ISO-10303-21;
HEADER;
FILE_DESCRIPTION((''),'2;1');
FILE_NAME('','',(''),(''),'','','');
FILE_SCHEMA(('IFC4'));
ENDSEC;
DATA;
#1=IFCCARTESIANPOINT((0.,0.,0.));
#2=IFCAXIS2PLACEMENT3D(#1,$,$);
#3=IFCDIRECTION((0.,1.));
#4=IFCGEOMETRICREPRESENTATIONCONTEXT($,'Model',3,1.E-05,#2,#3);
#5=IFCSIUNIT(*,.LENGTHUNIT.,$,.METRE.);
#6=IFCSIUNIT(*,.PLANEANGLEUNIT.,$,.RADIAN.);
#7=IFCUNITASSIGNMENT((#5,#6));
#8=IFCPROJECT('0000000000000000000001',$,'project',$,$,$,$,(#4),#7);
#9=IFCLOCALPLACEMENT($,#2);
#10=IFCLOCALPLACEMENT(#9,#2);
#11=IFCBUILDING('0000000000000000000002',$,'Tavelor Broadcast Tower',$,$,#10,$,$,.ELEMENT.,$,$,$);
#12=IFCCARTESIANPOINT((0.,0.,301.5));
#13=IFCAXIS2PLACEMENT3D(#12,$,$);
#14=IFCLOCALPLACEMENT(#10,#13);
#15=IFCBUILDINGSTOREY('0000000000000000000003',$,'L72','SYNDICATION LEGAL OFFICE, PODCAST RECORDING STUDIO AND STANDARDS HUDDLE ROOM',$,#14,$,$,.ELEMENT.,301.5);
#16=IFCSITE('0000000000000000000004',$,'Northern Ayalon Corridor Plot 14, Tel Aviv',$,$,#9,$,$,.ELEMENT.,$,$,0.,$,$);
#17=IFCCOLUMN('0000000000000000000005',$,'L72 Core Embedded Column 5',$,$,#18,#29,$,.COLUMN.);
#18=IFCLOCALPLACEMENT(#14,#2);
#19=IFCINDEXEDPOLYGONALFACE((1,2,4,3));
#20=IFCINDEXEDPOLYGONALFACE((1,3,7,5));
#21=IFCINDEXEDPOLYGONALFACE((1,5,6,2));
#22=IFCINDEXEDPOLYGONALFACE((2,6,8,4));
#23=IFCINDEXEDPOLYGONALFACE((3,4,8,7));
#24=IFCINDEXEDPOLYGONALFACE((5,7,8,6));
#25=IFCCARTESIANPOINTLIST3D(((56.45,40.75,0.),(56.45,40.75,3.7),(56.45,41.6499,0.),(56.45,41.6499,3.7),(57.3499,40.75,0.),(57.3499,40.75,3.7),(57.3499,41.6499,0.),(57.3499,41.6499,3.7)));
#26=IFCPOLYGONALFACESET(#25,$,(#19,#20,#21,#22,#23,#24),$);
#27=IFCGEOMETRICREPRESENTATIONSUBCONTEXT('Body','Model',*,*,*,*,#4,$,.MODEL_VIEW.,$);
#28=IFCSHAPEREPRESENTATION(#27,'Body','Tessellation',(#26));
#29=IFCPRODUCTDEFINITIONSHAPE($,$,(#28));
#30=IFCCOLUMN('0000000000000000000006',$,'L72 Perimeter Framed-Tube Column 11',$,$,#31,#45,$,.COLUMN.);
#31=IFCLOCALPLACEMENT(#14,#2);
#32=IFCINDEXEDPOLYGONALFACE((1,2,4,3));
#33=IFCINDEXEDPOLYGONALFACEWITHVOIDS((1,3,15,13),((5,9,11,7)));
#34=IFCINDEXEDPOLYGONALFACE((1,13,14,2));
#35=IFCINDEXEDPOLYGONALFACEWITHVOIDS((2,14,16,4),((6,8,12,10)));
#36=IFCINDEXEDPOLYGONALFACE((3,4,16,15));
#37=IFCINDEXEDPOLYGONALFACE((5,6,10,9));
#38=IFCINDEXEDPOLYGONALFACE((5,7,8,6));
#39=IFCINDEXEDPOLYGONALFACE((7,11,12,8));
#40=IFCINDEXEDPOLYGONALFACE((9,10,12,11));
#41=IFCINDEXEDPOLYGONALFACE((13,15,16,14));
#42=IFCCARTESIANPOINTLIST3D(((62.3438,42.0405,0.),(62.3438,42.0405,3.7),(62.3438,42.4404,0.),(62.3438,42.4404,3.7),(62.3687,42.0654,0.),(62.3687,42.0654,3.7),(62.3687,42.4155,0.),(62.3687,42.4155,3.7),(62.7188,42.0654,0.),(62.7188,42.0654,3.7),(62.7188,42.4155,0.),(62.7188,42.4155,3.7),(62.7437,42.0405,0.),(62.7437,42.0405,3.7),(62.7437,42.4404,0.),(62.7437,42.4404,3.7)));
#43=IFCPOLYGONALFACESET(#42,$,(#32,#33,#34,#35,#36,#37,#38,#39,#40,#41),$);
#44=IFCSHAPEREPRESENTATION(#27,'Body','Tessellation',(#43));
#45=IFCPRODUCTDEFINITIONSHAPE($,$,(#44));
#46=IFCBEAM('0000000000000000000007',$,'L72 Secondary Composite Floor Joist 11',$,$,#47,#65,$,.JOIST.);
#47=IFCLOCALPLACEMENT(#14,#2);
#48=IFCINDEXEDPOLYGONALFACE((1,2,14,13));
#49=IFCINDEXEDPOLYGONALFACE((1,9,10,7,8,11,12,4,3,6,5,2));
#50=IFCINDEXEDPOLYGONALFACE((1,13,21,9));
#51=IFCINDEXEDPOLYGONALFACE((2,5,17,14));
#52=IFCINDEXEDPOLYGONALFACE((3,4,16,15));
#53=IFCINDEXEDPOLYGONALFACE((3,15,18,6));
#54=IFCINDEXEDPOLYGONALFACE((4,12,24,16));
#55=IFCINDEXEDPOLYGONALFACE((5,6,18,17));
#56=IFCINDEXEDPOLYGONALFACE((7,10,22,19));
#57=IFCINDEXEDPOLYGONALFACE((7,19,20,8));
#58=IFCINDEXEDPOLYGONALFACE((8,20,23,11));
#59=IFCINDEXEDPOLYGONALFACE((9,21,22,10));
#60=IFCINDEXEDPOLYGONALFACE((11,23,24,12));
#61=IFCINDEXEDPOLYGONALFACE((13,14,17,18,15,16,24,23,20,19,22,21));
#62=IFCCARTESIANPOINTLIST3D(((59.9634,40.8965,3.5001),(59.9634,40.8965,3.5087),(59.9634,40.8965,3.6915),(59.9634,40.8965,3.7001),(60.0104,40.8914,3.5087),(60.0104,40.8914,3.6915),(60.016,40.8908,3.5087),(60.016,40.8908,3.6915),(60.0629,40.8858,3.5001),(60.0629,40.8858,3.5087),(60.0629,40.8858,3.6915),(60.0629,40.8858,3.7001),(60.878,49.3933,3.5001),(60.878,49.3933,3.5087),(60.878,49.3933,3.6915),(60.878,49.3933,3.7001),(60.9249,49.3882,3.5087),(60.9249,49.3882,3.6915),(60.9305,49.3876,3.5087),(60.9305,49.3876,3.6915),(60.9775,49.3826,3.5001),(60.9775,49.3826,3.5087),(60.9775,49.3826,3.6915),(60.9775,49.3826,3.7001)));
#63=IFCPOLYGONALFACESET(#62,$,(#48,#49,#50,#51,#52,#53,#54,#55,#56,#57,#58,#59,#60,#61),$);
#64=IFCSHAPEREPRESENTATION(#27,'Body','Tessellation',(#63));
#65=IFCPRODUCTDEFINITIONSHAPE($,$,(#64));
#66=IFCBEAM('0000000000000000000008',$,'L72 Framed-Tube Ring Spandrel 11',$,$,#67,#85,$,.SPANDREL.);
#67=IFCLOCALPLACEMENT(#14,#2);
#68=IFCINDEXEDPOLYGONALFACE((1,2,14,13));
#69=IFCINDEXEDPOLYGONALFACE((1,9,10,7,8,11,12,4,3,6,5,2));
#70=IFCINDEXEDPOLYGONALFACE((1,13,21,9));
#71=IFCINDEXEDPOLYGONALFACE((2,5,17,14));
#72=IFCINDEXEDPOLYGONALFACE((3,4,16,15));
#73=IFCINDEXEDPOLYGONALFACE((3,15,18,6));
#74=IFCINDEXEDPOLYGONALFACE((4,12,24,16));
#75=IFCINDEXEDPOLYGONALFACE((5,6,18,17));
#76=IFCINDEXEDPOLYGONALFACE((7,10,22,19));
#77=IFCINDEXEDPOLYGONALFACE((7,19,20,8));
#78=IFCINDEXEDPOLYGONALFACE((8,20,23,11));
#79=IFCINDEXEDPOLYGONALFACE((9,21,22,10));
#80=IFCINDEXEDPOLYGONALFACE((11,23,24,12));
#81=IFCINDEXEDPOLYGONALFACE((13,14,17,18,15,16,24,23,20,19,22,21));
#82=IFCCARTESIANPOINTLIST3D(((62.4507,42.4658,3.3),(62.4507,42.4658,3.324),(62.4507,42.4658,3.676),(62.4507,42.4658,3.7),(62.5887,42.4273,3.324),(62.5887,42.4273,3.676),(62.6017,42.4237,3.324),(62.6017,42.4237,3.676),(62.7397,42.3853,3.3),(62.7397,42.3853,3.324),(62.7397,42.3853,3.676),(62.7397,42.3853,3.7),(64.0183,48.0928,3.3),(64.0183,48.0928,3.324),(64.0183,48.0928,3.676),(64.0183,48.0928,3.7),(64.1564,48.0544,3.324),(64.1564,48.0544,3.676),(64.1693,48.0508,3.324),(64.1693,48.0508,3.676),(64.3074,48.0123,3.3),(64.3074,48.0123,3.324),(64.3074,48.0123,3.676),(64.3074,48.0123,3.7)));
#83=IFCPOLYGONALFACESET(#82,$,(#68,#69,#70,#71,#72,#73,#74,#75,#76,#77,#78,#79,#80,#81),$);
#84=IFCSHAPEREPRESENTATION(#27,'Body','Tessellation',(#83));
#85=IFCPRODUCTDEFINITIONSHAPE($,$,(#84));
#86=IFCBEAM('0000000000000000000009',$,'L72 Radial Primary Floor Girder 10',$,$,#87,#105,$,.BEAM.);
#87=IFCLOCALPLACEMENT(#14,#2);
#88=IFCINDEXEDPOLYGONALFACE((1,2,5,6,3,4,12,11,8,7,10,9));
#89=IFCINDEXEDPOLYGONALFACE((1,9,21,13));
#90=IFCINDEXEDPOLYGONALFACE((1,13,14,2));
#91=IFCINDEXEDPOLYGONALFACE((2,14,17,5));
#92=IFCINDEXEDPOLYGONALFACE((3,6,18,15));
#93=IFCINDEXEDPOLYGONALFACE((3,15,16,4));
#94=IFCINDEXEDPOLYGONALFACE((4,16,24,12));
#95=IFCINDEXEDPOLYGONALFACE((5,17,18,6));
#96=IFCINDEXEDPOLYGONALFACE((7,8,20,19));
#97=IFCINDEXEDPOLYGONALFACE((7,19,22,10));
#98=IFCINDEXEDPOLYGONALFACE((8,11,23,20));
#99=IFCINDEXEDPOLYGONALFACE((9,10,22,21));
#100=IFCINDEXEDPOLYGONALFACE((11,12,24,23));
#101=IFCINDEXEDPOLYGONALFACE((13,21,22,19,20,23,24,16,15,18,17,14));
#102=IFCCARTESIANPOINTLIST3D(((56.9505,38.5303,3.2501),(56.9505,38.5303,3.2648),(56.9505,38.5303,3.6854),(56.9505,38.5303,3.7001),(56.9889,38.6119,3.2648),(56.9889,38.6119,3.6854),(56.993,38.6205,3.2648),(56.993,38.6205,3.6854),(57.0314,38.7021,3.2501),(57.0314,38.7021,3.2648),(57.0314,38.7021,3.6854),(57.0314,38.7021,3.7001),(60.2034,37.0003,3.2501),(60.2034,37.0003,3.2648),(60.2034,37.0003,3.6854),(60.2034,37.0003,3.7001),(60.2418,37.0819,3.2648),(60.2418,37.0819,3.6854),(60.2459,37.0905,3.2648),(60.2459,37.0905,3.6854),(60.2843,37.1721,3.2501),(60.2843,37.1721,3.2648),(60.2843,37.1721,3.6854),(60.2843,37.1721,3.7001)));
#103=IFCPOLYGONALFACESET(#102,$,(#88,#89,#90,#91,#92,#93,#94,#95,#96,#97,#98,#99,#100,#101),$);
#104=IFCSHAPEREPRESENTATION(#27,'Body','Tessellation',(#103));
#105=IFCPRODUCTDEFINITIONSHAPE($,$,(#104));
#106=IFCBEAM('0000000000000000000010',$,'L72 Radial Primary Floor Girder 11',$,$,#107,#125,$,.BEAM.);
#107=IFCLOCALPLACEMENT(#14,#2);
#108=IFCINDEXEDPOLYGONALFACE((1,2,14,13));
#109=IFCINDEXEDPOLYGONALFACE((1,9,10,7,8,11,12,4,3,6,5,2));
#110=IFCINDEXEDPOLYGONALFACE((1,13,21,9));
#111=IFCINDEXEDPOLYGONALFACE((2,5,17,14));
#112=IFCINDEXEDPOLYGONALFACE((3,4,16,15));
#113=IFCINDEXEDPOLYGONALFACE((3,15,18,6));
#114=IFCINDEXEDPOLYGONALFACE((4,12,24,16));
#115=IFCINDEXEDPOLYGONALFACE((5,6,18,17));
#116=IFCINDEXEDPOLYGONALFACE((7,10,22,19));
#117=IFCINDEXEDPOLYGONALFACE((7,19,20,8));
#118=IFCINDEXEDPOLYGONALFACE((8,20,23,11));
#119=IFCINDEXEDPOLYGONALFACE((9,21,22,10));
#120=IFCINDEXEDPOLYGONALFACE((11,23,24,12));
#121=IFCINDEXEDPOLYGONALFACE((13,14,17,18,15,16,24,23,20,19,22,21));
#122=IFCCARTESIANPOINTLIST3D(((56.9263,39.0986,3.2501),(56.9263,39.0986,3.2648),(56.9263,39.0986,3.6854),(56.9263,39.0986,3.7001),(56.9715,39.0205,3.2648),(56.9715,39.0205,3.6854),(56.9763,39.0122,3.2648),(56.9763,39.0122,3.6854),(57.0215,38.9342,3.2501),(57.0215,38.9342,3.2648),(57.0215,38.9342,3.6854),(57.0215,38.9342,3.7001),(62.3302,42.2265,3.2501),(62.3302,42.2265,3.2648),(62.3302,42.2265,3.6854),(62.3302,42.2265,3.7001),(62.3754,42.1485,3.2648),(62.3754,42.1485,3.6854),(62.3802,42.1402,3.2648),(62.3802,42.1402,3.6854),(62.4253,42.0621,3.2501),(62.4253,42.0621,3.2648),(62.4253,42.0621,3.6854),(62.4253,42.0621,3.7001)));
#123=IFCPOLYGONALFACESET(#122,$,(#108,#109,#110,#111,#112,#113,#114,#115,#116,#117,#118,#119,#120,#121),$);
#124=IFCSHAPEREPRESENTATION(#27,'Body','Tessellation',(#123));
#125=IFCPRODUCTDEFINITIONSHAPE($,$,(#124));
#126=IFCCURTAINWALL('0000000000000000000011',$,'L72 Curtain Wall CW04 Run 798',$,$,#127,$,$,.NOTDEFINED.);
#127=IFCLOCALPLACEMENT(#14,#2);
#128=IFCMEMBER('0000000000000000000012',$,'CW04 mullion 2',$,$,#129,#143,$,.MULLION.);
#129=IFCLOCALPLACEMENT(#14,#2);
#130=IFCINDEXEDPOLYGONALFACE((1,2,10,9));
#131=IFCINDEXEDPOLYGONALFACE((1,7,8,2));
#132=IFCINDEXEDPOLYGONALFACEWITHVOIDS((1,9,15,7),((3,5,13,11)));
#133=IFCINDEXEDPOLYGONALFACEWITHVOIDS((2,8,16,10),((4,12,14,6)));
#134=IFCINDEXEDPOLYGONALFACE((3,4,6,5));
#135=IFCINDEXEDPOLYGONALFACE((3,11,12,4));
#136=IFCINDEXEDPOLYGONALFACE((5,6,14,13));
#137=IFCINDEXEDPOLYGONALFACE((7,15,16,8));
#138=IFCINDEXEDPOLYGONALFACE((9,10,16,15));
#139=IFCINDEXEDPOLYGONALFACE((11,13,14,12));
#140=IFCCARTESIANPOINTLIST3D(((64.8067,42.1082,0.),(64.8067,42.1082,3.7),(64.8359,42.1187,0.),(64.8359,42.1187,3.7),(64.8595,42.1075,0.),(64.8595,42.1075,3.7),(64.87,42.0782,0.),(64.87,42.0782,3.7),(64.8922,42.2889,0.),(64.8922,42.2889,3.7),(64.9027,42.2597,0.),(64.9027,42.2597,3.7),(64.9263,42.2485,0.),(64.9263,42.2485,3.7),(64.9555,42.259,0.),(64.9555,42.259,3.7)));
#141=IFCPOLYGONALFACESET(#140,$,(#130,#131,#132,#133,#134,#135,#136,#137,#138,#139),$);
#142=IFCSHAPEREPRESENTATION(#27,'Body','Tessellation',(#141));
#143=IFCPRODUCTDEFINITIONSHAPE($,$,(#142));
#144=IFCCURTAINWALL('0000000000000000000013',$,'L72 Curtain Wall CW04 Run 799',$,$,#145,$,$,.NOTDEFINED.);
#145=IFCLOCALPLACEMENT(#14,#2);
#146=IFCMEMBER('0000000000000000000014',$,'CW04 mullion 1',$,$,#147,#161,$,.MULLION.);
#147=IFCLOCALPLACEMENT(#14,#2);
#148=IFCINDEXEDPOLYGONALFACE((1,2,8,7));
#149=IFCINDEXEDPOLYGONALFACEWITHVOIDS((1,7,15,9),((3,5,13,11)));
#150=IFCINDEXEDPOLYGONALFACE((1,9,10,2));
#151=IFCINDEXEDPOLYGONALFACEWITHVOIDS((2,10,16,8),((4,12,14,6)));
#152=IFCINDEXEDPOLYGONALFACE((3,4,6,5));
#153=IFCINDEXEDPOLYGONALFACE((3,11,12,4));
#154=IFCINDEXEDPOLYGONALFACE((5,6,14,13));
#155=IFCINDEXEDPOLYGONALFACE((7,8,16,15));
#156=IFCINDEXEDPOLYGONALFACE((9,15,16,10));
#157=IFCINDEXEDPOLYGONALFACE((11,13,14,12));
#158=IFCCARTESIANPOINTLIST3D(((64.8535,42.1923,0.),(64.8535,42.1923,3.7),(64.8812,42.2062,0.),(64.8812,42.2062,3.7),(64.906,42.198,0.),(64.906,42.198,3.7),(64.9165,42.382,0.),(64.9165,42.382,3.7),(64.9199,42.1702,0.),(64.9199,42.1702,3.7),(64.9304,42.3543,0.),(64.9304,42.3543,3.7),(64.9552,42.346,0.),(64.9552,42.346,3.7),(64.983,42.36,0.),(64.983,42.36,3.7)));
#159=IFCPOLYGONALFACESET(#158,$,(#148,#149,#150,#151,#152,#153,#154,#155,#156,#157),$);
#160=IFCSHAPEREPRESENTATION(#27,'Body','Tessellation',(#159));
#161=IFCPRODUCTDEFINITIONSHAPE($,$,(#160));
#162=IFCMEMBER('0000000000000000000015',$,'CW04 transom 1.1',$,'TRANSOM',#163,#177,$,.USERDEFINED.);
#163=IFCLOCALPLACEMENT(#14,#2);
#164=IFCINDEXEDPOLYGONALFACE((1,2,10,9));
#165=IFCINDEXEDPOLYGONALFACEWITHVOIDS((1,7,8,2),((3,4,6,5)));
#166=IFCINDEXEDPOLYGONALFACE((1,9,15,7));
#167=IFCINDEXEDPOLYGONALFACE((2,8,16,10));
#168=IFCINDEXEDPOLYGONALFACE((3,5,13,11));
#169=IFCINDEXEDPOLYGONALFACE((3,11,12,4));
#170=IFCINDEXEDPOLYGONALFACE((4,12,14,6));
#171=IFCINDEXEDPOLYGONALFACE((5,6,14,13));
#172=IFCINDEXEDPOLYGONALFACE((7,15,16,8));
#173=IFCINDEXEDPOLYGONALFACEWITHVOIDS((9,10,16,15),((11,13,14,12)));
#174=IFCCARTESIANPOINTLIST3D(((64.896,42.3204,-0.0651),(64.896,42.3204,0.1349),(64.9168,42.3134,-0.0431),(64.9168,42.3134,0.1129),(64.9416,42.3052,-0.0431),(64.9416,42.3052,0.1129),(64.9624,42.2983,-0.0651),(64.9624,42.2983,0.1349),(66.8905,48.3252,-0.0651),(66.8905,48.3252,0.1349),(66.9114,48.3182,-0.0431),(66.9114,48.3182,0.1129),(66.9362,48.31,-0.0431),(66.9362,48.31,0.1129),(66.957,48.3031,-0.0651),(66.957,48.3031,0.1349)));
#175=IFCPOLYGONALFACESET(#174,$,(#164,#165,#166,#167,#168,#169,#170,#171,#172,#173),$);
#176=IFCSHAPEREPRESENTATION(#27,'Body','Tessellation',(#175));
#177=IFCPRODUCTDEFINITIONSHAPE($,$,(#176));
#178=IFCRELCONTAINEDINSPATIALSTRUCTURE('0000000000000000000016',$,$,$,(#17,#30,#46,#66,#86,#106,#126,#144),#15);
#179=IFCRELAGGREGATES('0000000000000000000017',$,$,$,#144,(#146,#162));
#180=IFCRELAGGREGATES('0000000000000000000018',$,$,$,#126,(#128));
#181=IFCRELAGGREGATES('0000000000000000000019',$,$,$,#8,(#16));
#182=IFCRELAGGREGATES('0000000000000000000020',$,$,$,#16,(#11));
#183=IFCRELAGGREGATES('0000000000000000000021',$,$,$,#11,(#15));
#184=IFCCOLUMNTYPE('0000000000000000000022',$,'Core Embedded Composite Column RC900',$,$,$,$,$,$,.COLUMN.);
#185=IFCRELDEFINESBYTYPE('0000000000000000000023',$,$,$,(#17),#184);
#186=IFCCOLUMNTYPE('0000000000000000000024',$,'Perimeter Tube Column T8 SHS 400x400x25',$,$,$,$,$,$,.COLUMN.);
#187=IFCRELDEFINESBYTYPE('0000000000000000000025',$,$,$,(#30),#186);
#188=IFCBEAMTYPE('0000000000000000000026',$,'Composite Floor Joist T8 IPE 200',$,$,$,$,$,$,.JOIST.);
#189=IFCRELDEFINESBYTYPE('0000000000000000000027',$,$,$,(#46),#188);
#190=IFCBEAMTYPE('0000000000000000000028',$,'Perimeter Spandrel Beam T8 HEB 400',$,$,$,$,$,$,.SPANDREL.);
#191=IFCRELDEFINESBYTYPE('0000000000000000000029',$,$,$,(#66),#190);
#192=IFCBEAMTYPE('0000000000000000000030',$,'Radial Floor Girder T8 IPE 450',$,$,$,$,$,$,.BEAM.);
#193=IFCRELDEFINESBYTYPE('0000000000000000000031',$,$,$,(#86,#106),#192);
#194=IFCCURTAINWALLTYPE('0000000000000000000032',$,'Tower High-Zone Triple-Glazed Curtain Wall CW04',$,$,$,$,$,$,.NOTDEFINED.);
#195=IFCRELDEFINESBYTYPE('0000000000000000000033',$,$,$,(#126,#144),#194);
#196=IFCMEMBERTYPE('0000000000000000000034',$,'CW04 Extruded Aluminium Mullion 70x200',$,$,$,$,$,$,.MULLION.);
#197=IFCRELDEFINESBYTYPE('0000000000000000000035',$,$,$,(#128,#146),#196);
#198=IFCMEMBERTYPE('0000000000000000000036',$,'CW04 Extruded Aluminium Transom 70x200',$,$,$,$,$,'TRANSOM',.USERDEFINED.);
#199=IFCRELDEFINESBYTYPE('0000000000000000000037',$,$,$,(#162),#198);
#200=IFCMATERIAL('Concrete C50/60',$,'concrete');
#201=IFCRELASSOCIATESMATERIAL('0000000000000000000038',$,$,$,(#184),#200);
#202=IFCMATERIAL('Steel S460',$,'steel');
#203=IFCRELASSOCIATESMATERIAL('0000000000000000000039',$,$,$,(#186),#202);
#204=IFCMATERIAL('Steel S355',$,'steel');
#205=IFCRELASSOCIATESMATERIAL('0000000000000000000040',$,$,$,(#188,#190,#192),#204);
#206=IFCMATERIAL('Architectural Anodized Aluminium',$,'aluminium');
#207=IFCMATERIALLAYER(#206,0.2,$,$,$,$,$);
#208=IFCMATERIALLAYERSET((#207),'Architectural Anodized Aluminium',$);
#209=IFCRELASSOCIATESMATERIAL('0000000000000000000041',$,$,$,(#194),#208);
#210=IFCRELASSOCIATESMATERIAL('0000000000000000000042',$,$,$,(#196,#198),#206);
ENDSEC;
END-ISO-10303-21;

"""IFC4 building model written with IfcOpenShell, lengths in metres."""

from ifc_helpers import new_model, si_unit, direction, frame, origin, origin_2d, place, context, subcontext, project, spatial, rectangle, hollow_rectangle, i_section, extrude, source, transform, mapped, material, layer, layer_set, material_profile, profile_set, type_object, type_shapes, element, aggregate, save


model = new_model("IFC4")

# Units and contexts
model_context = context("Model", 3, precision=1e-05, world=origin(), true_north=direction((0.0, 1.0)))
body_context = subcontext(model_context, "Body", "Model", "MODEL_VIEW")
ifc_project = project(units=[si_unit("LENGTHUNIT", "METRE"), si_unit("PLANEANGLEUNIT", "RADIAN")], contexts=[model_context])

# Site, building, storey
site_placement = place(None, origin())
site = spatial("IfcSite", under=ifc_project, at=site_placement, Name="Northern Ayalon Corridor Plot 14, Tel Aviv", CompositionType="ELEMENT", RefElevation=0.0)
building_placement = place(site_placement, origin())
building = spatial("IfcBuilding", under=site, at=building_placement, Name="Tavelor Broadcast Tower", CompositionType="ELEMENT")
storey_placement = place(building_placement, frame((0.0, 0.0, 301.5)))
storey = spatial("IfcBuildingStorey", under=building, at=storey_placement, Name="L72", Description="SYNDICATION LEGAL OFFICE, PODCAST RECORDING STUDIO AND STANDARDS HUDDLE ROOM", CompositionType="ELEMENT", Elevation=301.5)

# Columns
ifc_material_1 = material(Name="Concrete C50/60", Category="concrete")
ifc_material_profile_1 = material_profile(ifc_material_1, rectangle(XDim=0.8999, YDim=0.8999, at=origin_2d()), Name="RC 900x900")
ifc_profile_set_1 = profile_set([ifc_material_profile_1], Name="Concrete C50/60")
column_type_1 = type_object("IfcColumnType", Name="Core Embedded Composite Column RC900", PredefinedType="COLUMN", material=ifc_profile_set_1)
column_1_placement = place(storey_placement, frame((56.8999, 41.2, 0.0), z_axis=(0.0, 0.0, 1.0), x_axis=(1.0, 0.0, 0.0)))
element("IfcColumn", 1, at=column_1_placement, inside=storey, type_object=column_type_1, Name="L72 Core Embedded Column 5", PredefinedType="COLUMN", context=body_context, shape_type="SweptSolid", body=[
    extrude(rectangle(XDim=0.8999, YDim=0.8999, at=origin_2d()), origin(), (0.0, 0.0, 1.0), 3.7),
])
ifc_material_2 = material(Name="Steel S460", Category="steel")
ifc_material_profile_2 = material_profile(ifc_material_2, hollow_rectangle(XDim=0.3999, YDim=0.3999, WallThickness=0.0249, at=origin_2d()), Name="SHS 400x400x25")
ifc_profile_set_2 = profile_set([ifc_material_profile_2], Name="Steel S460")
column_type_2 = type_object("IfcColumnType", Name="Perimeter Tube Column T8 SHS 400x400x25", PredefinedType="COLUMN", material=ifc_profile_set_2)
column_2_placement = place(storey_placement, frame((62.5437, 42.2405, 0.0), z_axis=(0.0, 0.0, 1.0), x_axis=(1.0, 0.0, 0.0)))
element("IfcColumn", 2, at=column_2_placement, inside=storey, type_object=column_type_2, Name="L72 Perimeter Framed-Tube Column 11", PredefinedType="COLUMN", context=body_context, shape_type="SweptSolid", body=[
    extrude(hollow_rectangle(XDim=0.3999, YDim=0.3999, WallThickness=0.0249, at=origin_2d()), origin(), (0.0, 0.0, 1.0), 3.7),
])

# Beams
ifc_material_3 = material(Name="Steel S355", Category="steel")
ifc_material_profile_3 = material_profile(ifc_material_3, i_section(OverallWidth=0.1001, OverallDepth=0.2, WebThickness=0.0056, FlangeThickness=0.0085, at=origin_2d()), Name="IPE 200")
ifc_profile_set_3 = profile_set([ifc_material_profile_3], Name="Steel S355")
beam_type_1 = type_object("IfcBeamType", Name="Composite Floor Joist T8 IPE 200", PredefinedType="JOIST", material=ifc_profile_set_3)
beam_1_placement = place(storey_placement, frame((60.0132, 40.8911, 3.6001), z_axis=(0.107016, 0.994257, 0.0), x_axis=(-0.994257, 0.107016, 0.0)))
element("IfcBeam", 3, at=beam_1_placement, inside=storey, type_object=beam_type_1, Name="L72 Secondary Composite Floor Joist 11", PredefinedType="JOIST", context=body_context, shape_type="SweptSolid", body=[
    extrude(i_section(OverallWidth=0.1001, OverallDepth=0.2, WebThickness=0.0056, FlangeThickness=0.0085, at=origin_2d()), origin(), (0.0, 0.0, 1.0), 8.5459),
])
ifc_material_profile_4 = material_profile(ifc_material_3, i_section(OverallWidth=0.3, OverallDepth=0.3999, WebThickness=0.0134, FlangeThickness=0.0239, at=origin_2d()), Name="HEB 400")
ifc_profile_set_4 = profile_set([ifc_material_profile_4], Name="Steel S355")
beam_type_2 = type_object("IfcBeamType", Name="Perimeter Spandrel Beam T8 HEB 400", PredefinedType="SPANDREL", material=ifc_profile_set_4)
beam_2_placement = place(storey_placement, frame((62.5952, 42.4255, 3.5), z_axis=(0.268372, 0.963315, 0.0), x_axis=(-0.963315, 0.268372, 0.0)))
element("IfcBeam", 4, at=beam_2_placement, inside=storey, type_object=beam_type_2, Name="L72 Framed-Tube Ring Spandrel 11", PredefinedType="SPANDREL", context=body_context, shape_type="SweptSolid", body=[
    extrude(i_section(OverallWidth=0.3, OverallDepth=0.3999, WebThickness=0.0134, FlangeThickness=0.0239, at=origin_2d()), origin(), (0.0, 0.0, 1.0), 5.8413),
])
ifc_material_profile_5 = material_profile(ifc_material_3, i_section(OverallWidth=0.1899, OverallDepth=0.45, WebThickness=0.0095, FlangeThickness=0.0146, at=origin_2d()), Name="IPE 450")
ifc_profile_set_5 = profile_set([ifc_material_profile_5], Name="Steel S355")
beam_type_3 = type_object("IfcBeamType", Name="Radial Floor Girder T8 IPE 450", PredefinedType="BEAM", material=ifc_profile_set_5)
beam_3_placement = place(storey_placement, frame((56.991, 38.6162, 3.4751), z_axis=(0.9049, -0.425624, 0.0), x_axis=(0.425624, 0.9049, 0.0)))
element("IfcBeam", 5, at=beam_3_placement, inside=storey, type_object=beam_type_3, Name="L72 Radial Primary Floor Girder 10", PredefinedType="BEAM", context=body_context, shape_type="SweptSolid", body=[
    extrude(i_section(OverallWidth=0.1899, OverallDepth=0.45, WebThickness=0.0095, FlangeThickness=0.0146, at=origin_2d()), origin(), (0.0, 0.0, 1.0), 3.5947),
])
beam_4_placement = place(storey_placement, frame((56.9739, 39.0164, 3.4751), z_axis=(0.865467, 0.500965, 0.0), x_axis=(-0.500965, 0.865467, 0.0)))
element("IfcBeam", 6, at=beam_4_placement, inside=storey, type_object=beam_type_3, Name="L72 Radial Primary Floor Girder 11", PredefinedType="BEAM", context=body_context, shape_type="SweptSolid", body=[
    extrude(i_section(OverallWidth=0.1899, OverallDepth=0.45, WebThickness=0.0095, FlangeThickness=0.0146, at=origin_2d()), origin(), (0.0, 0.0, 1.0), 6.2439),
])

# Curtain wall, member
ifc_material_4 = material(Name="Architectural Anodized Aluminium", Category="aluminium")
ifc_layer_1 = layer(ifc_material_4, 0.2)
ifc_layer_set_1 = layer_set([ifc_layer_1], Name="Architectural Anodized Aluminium")
curtain_wall_type = type_object("IfcCurtainWallType", Name="Tower High-Zone Triple-Glazed Curtain Wall CW04", PredefinedType="NOTDEFINED", material=ifc_layer_set_1)
curtain_wall_1_placement = place(storey_placement, origin())
curtain_wall_1 = element("IfcCurtainWall", 7, at=curtain_wall_1_placement, inside=storey, type_object=curtain_wall_type, Name="L72 Curtain Wall CW04 Run 798", PredefinedType="NOTDEFINED")
ifc_material_profile_6 = material_profile(ifc_material_4, hollow_rectangle(XDim=0.0701, YDim=0.2, WallThickness=0.022, at=origin_2d()), Name="RHS 70x200x22")
ifc_profile_set_6 = profile_set([ifc_material_profile_6], Name="Architectural Anodized Aluminium")
member_type_1 = type_object("IfcMemberType", Name="CW04 Extruded Aluminium Mullion 70x200", PredefinedType="MULLION", material=ifc_profile_set_6)
shared_shape_1 = source(origin(), body_context, "Body", "SweptSolid", [
    extrude(hollow_rectangle(XDim=0.0701, YDim=0.2, WallThickness=0.022, at=origin_2d()), origin(), (0.0, 0.0, 1.0), 3.7),
])
type_shapes(member_type_1, [shared_shape_1])
member_1_placement = place(storey_placement, frame((64.8811, 42.1836, 0.0), z_axis=(0.0, 0.0, 1.0), x_axis=(-0.903897, 0.427749, 0.0)))
member_1 = element("IfcMember", 8, at=member_1_placement, type_object=member_type_1, Name="CW04 mullion 2", PredefinedType="MULLION", context=body_context, shape_type="MappedRepresentation", body=[
    mapped(shared_shape_1, transform((0.0, 0.0, 0.0), scale=1.0)),
])

# Curtain wall, members
curtain_wall_2_placement = place(storey_placement, origin())
curtain_wall_2 = element("IfcCurtainWall", 9, at=curtain_wall_2_placement, inside=storey, type_object=curtain_wall_type, Name="L72 Curtain Wall CW04 Run 799", PredefinedType="NOTDEFINED")
member_2_placement = place(storey_placement, frame((64.9182, 42.2761, 0.0), z_axis=(0.0, 0.0, 1.0), x_axis=(-0.94902, 0.315216, 0.0)))
member_2 = element("IfcMember", 10, at=member_2_placement, type_object=member_type_1, Name="CW04 mullion 1", PredefinedType="MULLION", context=body_context, shape_type="MappedRepresentation", body=[
    mapped(shared_shape_1, transform((0.0, 0.0, 0.0), scale=1.0)),
])
ifc_material_profile_7 = material_profile(ifc_material_4, hollow_rectangle(XDim=0.0701, YDim=0.2, WallThickness=0.022, at=origin_2d()), Name="RHS 70x200x22")
ifc_profile_set_7 = profile_set([ifc_material_profile_7], Name="Architectural Anodized Aluminium")
member_type_2 = type_object("IfcMemberType", Name="CW04 Extruded Aluminium Transom 70x200", ElementType="TRANSOM", PredefinedType="USERDEFINED", material=ifc_profile_set_7)
shared_shape_2 = source(origin(), body_context, "Body", "SweptSolid", [
    extrude(hollow_rectangle(XDim=0.0701, YDim=0.2, WallThickness=0.022, at=origin_2d()), origin(), (0.0, 0.0, 1.0), 6.3274),
])
type_shapes(member_type_2, [shared_shape_2])
member_3_placement = place(storey_placement, frame((64.9292, 42.3093, 0.0349), z_axis=(0.315232, 0.949015, 0.0), x_axis=(-0.949015, 0.315232, 0.0)))
member_3 = element("IfcMember", 11, at=member_3_placement, type_object=member_type_2, Name="CW04 transom 1.1", ObjectType="TRANSOM", PredefinedType="USERDEFINED", context=body_context, shape_type="MappedRepresentation", body=[
    mapped(shared_shape_2, transform((0.0, 0.0, 0.0), scale=1.0)),
])
aggregate(curtain_wall_2, [member_2, member_3])

aggregate(curtain_wall_1, [member_1])

save(model, "model.ifc")
